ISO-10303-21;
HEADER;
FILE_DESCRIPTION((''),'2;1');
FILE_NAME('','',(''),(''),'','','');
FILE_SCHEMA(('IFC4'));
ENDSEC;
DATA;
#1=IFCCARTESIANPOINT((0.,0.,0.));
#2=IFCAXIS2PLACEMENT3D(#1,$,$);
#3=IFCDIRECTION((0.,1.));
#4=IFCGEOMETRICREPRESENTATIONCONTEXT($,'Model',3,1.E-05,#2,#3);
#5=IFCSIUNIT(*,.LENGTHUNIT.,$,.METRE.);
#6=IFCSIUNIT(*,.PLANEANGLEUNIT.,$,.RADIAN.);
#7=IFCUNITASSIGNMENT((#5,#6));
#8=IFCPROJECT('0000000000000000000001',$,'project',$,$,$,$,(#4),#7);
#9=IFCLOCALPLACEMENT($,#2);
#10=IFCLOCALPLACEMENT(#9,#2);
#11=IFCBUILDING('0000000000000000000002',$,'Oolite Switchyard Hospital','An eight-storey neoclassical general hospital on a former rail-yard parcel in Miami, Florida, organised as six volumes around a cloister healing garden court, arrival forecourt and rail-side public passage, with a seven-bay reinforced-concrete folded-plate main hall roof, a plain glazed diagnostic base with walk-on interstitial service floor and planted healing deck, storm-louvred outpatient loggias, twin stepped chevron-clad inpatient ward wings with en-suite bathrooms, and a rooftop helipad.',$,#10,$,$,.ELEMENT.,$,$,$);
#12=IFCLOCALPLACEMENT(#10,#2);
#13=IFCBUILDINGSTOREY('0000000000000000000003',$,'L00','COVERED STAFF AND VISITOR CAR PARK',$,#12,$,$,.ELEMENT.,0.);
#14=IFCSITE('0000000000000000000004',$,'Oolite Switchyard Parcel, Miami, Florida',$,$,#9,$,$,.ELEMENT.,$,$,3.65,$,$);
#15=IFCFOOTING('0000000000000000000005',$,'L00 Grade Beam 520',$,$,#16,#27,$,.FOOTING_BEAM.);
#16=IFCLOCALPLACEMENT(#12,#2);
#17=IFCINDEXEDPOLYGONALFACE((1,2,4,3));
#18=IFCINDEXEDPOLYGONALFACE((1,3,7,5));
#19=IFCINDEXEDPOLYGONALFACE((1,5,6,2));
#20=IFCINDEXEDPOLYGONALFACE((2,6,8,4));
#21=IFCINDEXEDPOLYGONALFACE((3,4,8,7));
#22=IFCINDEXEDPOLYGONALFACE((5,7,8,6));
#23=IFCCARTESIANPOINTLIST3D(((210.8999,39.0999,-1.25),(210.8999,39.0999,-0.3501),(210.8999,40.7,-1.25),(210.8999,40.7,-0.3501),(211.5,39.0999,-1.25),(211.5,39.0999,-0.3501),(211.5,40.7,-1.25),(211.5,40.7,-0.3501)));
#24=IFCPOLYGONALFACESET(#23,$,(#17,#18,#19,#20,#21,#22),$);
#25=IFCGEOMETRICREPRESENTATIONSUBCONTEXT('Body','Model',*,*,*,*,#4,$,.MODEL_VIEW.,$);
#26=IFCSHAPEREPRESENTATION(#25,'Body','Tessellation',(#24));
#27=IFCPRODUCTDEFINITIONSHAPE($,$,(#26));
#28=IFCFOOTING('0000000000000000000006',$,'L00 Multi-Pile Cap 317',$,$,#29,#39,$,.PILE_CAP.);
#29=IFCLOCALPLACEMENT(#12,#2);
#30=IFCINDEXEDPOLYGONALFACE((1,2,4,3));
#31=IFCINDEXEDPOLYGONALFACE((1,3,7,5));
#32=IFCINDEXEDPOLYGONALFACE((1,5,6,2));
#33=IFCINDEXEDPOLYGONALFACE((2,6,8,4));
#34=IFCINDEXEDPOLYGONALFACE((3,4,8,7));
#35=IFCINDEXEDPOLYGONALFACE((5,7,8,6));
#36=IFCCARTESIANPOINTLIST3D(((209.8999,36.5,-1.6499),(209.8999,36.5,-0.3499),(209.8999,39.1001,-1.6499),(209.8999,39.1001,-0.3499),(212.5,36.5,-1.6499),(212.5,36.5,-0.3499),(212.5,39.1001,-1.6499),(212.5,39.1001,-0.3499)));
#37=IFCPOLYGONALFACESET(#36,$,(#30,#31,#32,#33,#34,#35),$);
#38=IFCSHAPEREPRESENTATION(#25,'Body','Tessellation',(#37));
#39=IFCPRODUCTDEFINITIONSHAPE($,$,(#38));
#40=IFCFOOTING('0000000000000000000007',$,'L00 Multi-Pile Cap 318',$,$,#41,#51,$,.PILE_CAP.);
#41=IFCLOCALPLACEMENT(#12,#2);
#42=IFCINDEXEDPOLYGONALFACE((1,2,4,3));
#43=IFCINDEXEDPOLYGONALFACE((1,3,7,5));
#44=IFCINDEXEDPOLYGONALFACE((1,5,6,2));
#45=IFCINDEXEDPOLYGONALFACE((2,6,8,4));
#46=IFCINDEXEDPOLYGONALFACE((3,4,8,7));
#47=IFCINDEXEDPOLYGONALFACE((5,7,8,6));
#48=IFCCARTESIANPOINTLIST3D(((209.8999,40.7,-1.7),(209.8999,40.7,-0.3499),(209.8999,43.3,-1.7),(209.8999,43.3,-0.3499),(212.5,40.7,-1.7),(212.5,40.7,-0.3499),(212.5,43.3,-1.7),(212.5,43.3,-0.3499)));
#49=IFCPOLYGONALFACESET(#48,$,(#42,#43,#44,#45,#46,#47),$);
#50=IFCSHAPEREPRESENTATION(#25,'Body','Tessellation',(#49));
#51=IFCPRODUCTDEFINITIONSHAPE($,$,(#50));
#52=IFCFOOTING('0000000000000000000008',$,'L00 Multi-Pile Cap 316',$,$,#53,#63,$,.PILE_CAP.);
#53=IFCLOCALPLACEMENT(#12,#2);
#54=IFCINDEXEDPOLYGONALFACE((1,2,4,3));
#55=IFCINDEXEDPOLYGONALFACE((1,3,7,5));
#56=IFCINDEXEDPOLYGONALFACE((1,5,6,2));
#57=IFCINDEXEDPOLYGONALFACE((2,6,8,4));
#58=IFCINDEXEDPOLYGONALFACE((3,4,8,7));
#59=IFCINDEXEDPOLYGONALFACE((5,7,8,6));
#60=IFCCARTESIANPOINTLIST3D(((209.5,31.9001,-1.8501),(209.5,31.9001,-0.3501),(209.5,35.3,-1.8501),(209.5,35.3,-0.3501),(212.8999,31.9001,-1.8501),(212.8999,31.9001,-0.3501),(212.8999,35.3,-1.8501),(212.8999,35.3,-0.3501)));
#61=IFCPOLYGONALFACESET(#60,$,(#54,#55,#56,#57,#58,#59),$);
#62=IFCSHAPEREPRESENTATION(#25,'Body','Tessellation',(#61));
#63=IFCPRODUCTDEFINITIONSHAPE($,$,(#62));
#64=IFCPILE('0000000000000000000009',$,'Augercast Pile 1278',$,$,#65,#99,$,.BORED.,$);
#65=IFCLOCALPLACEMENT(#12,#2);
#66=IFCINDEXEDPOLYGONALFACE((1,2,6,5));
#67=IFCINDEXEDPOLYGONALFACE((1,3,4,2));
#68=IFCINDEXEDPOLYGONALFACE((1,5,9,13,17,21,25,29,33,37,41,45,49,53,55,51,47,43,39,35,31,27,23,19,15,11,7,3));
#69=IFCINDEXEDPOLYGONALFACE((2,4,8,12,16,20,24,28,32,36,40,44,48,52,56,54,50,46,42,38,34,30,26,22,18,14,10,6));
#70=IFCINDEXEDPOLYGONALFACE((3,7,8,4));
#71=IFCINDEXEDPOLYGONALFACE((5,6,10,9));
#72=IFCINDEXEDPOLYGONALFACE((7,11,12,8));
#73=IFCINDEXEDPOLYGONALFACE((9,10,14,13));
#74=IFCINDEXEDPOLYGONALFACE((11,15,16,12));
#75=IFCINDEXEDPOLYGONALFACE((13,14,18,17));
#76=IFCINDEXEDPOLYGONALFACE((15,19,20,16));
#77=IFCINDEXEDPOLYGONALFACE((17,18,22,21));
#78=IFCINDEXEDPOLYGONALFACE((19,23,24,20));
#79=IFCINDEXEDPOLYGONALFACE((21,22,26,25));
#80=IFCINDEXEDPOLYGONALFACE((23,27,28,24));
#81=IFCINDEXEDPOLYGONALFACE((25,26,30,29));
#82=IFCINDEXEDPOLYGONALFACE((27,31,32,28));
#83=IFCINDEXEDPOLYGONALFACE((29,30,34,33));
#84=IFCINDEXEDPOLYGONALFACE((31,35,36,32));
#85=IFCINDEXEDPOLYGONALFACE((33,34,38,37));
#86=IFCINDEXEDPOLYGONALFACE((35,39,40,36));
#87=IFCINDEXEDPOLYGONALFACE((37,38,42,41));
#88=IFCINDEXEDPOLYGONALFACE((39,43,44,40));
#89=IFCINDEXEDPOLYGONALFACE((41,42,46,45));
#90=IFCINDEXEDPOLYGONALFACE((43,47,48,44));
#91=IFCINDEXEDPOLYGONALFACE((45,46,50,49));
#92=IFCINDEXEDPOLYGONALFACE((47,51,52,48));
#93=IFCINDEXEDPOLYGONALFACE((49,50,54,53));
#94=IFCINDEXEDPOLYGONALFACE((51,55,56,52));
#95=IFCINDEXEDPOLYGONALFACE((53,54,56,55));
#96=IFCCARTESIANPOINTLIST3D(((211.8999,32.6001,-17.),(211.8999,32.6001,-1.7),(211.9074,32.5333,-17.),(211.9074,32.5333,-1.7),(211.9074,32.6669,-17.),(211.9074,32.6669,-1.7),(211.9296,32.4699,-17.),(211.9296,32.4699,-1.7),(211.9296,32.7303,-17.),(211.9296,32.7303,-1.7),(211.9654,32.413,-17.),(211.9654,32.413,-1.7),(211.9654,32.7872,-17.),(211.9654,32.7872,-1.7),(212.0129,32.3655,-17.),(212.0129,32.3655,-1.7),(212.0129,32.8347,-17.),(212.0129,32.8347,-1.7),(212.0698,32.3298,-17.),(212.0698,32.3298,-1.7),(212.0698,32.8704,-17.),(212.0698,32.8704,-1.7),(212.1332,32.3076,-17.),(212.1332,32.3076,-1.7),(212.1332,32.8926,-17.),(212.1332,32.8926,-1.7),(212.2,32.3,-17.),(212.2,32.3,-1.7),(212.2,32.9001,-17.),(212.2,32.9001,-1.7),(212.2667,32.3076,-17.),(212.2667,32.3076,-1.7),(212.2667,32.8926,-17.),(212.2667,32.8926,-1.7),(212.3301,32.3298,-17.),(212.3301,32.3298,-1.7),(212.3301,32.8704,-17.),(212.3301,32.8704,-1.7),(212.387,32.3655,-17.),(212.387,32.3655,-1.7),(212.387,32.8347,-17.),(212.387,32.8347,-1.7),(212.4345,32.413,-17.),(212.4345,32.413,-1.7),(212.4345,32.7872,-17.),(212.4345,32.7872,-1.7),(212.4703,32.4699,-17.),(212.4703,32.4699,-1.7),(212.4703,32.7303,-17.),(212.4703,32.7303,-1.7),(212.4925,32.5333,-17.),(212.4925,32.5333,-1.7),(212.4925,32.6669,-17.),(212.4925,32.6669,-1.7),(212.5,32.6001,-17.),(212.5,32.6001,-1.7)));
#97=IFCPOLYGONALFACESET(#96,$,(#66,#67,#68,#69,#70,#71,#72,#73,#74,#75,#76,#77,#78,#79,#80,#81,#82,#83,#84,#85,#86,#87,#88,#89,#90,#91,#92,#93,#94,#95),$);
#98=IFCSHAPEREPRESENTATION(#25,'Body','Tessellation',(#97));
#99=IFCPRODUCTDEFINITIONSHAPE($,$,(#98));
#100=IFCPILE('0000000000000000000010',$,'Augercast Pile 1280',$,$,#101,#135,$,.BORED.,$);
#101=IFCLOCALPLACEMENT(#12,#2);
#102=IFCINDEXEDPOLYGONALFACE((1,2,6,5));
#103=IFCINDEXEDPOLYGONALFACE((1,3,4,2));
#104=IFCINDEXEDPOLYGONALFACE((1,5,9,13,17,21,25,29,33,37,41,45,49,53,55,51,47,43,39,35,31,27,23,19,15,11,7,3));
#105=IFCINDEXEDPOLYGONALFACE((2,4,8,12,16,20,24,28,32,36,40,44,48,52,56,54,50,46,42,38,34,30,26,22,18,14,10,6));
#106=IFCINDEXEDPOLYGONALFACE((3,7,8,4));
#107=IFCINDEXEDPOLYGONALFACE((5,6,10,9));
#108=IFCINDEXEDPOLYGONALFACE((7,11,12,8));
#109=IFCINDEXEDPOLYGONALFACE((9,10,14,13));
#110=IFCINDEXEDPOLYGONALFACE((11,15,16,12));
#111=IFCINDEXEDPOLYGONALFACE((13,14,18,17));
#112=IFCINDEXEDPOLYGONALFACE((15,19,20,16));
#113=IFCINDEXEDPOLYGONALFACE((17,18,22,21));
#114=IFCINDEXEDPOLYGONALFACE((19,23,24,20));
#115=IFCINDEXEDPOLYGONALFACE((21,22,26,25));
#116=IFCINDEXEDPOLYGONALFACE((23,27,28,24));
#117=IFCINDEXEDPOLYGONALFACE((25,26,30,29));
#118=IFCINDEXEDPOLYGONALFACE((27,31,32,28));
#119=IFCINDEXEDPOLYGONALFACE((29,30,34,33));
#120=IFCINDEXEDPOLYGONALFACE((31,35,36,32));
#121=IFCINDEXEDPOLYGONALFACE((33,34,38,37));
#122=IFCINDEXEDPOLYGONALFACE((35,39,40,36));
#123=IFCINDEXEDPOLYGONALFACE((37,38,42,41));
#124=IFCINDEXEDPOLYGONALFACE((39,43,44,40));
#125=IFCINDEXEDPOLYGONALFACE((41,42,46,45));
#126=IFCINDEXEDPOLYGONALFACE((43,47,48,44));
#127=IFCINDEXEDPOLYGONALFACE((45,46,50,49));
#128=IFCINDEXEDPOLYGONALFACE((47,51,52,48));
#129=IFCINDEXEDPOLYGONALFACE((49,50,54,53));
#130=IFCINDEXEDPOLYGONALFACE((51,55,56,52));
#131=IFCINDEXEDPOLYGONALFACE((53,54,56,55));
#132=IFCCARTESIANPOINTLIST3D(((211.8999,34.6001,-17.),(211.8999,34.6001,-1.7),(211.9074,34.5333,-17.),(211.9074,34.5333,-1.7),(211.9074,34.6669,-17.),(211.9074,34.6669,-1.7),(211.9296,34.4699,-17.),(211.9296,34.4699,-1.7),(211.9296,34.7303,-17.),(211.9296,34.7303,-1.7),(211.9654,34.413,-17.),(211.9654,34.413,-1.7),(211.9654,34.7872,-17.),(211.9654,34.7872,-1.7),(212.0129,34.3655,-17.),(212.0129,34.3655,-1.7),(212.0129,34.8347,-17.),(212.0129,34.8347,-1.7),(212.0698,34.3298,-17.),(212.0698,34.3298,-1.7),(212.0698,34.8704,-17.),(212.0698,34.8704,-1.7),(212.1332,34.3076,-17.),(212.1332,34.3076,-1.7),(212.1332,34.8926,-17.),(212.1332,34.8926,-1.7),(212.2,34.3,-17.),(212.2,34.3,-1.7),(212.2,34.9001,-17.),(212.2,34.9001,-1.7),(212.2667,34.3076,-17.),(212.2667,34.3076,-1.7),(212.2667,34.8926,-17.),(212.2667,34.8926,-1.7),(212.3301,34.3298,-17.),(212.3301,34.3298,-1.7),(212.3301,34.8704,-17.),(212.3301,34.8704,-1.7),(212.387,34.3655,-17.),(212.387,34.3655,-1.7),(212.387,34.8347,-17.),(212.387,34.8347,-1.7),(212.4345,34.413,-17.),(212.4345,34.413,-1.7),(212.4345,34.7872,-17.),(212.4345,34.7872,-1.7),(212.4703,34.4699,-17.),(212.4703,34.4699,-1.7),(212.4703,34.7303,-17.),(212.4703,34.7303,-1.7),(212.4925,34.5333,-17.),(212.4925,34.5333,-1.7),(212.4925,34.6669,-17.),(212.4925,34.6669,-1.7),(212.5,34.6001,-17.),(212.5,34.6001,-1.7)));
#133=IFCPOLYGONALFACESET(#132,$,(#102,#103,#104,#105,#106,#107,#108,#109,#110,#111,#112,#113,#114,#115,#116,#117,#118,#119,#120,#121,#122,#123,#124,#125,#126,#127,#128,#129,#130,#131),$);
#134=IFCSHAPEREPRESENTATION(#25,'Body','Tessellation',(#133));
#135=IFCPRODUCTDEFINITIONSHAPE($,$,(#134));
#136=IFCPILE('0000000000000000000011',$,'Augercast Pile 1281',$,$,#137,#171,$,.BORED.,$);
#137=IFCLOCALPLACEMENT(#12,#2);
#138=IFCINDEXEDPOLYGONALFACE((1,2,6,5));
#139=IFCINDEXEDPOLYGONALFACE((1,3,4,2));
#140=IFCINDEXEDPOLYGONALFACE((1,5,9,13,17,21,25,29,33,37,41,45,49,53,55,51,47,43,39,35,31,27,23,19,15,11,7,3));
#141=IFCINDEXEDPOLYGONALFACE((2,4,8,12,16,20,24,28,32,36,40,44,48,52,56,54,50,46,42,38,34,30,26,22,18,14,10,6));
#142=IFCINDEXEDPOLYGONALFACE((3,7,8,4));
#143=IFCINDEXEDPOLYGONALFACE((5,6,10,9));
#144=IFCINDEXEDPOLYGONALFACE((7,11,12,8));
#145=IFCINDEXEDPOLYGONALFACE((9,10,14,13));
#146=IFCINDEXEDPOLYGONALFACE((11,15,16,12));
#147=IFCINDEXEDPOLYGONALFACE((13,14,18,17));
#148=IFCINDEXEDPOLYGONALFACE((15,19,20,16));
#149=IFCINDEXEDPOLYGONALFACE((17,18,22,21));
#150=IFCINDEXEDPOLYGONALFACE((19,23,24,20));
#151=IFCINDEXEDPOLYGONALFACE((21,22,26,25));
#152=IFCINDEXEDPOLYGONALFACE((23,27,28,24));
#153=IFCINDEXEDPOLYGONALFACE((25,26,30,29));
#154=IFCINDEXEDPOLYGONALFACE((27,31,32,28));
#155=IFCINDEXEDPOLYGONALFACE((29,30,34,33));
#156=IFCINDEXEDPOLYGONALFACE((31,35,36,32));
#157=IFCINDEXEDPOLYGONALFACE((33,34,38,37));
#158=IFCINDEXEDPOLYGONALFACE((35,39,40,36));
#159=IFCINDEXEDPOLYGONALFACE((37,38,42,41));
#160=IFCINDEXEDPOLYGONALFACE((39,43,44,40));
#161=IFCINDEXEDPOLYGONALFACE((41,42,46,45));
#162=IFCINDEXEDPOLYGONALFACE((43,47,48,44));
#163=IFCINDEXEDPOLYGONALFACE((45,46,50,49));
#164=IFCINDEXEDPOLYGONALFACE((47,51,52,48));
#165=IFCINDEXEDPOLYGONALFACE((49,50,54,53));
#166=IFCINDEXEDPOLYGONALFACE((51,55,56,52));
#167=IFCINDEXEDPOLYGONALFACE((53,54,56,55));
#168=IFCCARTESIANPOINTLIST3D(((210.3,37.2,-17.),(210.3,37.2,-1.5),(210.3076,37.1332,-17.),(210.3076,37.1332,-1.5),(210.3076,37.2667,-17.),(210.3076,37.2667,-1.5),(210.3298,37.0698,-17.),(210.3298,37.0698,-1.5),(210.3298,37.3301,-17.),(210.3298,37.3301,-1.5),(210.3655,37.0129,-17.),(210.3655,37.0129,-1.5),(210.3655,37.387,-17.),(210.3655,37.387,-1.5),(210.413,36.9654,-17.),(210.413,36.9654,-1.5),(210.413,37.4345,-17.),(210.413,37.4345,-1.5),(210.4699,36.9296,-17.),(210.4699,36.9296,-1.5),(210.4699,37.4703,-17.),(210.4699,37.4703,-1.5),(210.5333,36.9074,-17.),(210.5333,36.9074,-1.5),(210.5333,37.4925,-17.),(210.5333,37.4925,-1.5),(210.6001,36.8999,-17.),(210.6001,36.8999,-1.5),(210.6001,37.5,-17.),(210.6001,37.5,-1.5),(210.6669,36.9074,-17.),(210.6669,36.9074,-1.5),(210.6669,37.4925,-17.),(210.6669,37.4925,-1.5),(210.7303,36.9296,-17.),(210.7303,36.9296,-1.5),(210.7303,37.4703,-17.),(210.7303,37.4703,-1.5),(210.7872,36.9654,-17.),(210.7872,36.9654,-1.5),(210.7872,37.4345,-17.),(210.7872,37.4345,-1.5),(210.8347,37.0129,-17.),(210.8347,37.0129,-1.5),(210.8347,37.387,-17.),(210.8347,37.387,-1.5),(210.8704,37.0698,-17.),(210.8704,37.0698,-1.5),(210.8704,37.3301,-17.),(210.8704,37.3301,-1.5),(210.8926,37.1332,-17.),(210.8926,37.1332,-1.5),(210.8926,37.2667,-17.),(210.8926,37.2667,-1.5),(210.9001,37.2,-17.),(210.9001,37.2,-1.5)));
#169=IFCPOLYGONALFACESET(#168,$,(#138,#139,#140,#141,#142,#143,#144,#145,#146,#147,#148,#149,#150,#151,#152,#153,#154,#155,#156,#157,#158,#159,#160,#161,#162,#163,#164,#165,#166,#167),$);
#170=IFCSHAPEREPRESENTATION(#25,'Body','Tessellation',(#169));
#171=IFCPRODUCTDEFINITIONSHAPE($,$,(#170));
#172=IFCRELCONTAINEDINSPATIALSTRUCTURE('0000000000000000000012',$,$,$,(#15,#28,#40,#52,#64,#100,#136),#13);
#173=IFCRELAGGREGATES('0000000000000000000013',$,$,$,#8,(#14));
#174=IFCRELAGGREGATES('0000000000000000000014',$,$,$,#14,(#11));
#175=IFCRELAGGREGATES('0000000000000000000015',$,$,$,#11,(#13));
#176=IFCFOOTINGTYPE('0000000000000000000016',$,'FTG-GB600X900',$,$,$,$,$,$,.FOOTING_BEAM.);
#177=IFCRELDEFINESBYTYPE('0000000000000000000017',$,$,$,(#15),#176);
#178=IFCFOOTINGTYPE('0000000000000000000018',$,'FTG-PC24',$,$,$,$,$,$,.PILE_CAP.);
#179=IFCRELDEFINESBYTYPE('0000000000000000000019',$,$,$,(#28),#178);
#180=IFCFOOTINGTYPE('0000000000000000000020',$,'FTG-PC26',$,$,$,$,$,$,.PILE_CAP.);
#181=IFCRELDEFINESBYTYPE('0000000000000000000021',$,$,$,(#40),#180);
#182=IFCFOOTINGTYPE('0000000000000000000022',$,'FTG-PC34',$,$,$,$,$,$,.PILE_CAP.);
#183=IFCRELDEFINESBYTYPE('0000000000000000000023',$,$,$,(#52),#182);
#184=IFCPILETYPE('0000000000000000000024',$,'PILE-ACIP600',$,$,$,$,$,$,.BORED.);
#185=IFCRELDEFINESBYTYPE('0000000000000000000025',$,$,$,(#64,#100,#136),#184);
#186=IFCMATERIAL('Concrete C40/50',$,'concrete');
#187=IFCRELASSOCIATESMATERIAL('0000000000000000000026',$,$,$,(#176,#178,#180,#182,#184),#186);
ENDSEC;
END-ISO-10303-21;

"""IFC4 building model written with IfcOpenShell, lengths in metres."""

from ifc_helpers import new_model, si_unit, direction, frame, origin, origin_2d, place, context, subcontext, project, spatial, rectangle, circle, extrude, material, material_profile, profile_set, type_object, element, save


model = new_model("IFC4")

# Units and contexts
model_context = context("Model", 3, precision=1e-05, world=origin(), true_north=direction((0.0, 1.0)))
body_context = subcontext(model_context, "Body", "Model", "MODEL_VIEW")
ifc_project = project(units=[si_unit("LENGTHUNIT", "METRE"), si_unit("PLANEANGLEUNIT", "RADIAN")], contexts=[model_context])

# Site, building, storey
site_placement = place(None, origin())
site = spatial("IfcSite", under=ifc_project, at=site_placement, Name="Oolite Switchyard Parcel, Miami, Florida", CompositionType="ELEMENT", RefElevation=3.65)
building_placement = place(site_placement, origin())
building = spatial("IfcBuilding", under=site, at=building_placement, Name="Oolite Switchyard Hospital", Description="An eight-storey neoclassical general hospital on a former rail-yard parcel in Miami, Florida, organised as six volumes around a cloister healing garden court, arrival forecourt and rail-side public passage, with a seven-bay reinforced-concrete folded-plate main hall roof, a plain glazed diagnostic base with walk-on interstitial service floor and planted healing deck, storm-louvred outpatient loggias, twin stepped chevron-clad inpatient ward wings with en-suite bathrooms, and a rooftop helipad.", CompositionType="ELEMENT")
storey_placement = place(building_placement, origin())
storey = spatial("IfcBuildingStorey", under=building, at=storey_placement, Name="L00", Description="COVERED STAFF AND VISITOR CAR PARK", CompositionType="ELEMENT", Elevation=0.0)

# Footings
ifc_material_1 = material(Name="Concrete C40/50", Category="concrete")
footing_type_1 = type_object("IfcFootingType", Name="FTG-GB600X900", PredefinedType="FOOTING_BEAM", material=ifc_material_1)
footing_1_placement = place(storey_placement, frame((211.2, 39.8999, -1.25), z_axis=(0.0, 0.0, 1.0), x_axis=(0.0, 1.0, 0.0)))
element("IfcFooting", 1, at=footing_1_placement, inside=storey, type_object=footing_type_1, Name="L00 Grade Beam 520", PredefinedType="FOOTING_BEAM", context=body_context, shape_type="SweptSolid", body=[
    extrude(rectangle(XDim=1.6001, YDim=0.6001, at=origin_2d()), origin(), (0.0, 0.0, 1.0), 0.8999),
])
footing_type_2 = type_object("IfcFootingType", Name="FTG-PC24", PredefinedType="PILE_CAP", material=ifc_material_1)
footing_2_placement = place(storey_placement, frame((211.2, 37.8, -1.6499), z_axis=(0.0, 0.0, 1.0), x_axis=(1.0, 0.0, 0.0)))
element("IfcFooting", 2, at=footing_2_placement, inside=storey, type_object=footing_type_2, Name="L00 Multi-Pile Cap 317", PredefinedType="PILE_CAP", context=body_context, shape_type="SweptSolid", body=[
    extrude(rectangle(XDim=2.6001, YDim=2.6001, at=origin_2d()), origin(), (0.0, 0.0, 1.0), 1.3),
])
footing_type_3 = type_object("IfcFootingType", Name="FTG-PC26", PredefinedType="PILE_CAP", material=ifc_material_1)
footing_3_placement = place(storey_placement, frame((211.2, 42.0, -1.7), z_axis=(0.0, 0.0, 1.0), x_axis=(1.0, 0.0, 0.0)))
element("IfcFooting", 3, at=footing_3_placement, inside=storey, type_object=footing_type_3, Name="L00 Multi-Pile Cap 318", PredefinedType="PILE_CAP", context=body_context, shape_type="SweptSolid", body=[
    extrude(rectangle(XDim=2.6001, YDim=2.6001, at=origin_2d()), origin(), (0.0, 0.0, 1.0), 1.3501),
])
footing_type_4 = type_object("IfcFootingType", Name="FTG-PC34", PredefinedType="PILE_CAP", material=ifc_material_1)
footing_4_placement = place(storey_placement, frame((211.2, 33.6001, -1.8501), z_axis=(0.0, 0.0, 1.0), x_axis=(1.0, 0.0, 0.0)))
element("IfcFooting", 4, at=footing_4_placement, inside=storey, type_object=footing_type_4, Name="L00 Multi-Pile Cap 316", PredefinedType="PILE_CAP", context=body_context, shape_type="SweptSolid", body=[
    extrude(rectangle(XDim=3.3999, YDim=3.3999, at=origin_2d()), origin(), (0.0, 0.0, 1.0), 1.5),
])

# Piles
ifc_material_profile_1 = material_profile(ifc_material_1, circle(Radius=0.3, at=origin_2d()), Name="PILE600")
ifc_profile_set_1 = profile_set([ifc_material_profile_1], Name="Concrete C40/50")
pile_type = type_object("IfcPileType", Name="PILE-ACIP600", PredefinedType="BORED", material=ifc_profile_set_1)
for number, where, z_axis, x_axis, name in (
    (5, (212.2, 32.6001, -1.7), (0.0, 0.0, -1.0), (1.0, 0.0, 0.0), "Augercast Pile 1278"),
    (6, (212.2, 34.6001, -1.7), (0.0, 0.0, -1.0), (1.0, 0.0, 0.0), "Augercast Pile 1280"),
):
    element("IfcPile", number, at=place(storey_placement, frame(where, z_axis=z_axis, x_axis=x_axis)), inside=storey, type_object=pile_type, Name=name, PredefinedType="BORED", context=body_context, shape_type="SweptSolid", body=[
        extrude(circle(Radius=0.3, at=origin_2d()), origin(), (0.0, 0.0, 1.0), 15.3),
    ])
for number, where, z_axis, x_axis, name in (
    (7, (210.6001, 37.2, -1.5), (0.0, 0.0, -1.0), (1.0, 0.0, 0.0), "Augercast Pile 1281"),
):
    element("IfcPile", number, at=place(storey_placement, frame(where, z_axis=z_axis, x_axis=x_axis)), inside=storey, type_object=pile_type, Name=name, PredefinedType="BORED", context=body_context, shape_type="SweptSolid", body=[
        extrude(circle(Radius=0.3, at=origin_2d()), origin(), (0.0, 0.0, 1.0), 15.5),
    ])

save(model, "model.ifc")
